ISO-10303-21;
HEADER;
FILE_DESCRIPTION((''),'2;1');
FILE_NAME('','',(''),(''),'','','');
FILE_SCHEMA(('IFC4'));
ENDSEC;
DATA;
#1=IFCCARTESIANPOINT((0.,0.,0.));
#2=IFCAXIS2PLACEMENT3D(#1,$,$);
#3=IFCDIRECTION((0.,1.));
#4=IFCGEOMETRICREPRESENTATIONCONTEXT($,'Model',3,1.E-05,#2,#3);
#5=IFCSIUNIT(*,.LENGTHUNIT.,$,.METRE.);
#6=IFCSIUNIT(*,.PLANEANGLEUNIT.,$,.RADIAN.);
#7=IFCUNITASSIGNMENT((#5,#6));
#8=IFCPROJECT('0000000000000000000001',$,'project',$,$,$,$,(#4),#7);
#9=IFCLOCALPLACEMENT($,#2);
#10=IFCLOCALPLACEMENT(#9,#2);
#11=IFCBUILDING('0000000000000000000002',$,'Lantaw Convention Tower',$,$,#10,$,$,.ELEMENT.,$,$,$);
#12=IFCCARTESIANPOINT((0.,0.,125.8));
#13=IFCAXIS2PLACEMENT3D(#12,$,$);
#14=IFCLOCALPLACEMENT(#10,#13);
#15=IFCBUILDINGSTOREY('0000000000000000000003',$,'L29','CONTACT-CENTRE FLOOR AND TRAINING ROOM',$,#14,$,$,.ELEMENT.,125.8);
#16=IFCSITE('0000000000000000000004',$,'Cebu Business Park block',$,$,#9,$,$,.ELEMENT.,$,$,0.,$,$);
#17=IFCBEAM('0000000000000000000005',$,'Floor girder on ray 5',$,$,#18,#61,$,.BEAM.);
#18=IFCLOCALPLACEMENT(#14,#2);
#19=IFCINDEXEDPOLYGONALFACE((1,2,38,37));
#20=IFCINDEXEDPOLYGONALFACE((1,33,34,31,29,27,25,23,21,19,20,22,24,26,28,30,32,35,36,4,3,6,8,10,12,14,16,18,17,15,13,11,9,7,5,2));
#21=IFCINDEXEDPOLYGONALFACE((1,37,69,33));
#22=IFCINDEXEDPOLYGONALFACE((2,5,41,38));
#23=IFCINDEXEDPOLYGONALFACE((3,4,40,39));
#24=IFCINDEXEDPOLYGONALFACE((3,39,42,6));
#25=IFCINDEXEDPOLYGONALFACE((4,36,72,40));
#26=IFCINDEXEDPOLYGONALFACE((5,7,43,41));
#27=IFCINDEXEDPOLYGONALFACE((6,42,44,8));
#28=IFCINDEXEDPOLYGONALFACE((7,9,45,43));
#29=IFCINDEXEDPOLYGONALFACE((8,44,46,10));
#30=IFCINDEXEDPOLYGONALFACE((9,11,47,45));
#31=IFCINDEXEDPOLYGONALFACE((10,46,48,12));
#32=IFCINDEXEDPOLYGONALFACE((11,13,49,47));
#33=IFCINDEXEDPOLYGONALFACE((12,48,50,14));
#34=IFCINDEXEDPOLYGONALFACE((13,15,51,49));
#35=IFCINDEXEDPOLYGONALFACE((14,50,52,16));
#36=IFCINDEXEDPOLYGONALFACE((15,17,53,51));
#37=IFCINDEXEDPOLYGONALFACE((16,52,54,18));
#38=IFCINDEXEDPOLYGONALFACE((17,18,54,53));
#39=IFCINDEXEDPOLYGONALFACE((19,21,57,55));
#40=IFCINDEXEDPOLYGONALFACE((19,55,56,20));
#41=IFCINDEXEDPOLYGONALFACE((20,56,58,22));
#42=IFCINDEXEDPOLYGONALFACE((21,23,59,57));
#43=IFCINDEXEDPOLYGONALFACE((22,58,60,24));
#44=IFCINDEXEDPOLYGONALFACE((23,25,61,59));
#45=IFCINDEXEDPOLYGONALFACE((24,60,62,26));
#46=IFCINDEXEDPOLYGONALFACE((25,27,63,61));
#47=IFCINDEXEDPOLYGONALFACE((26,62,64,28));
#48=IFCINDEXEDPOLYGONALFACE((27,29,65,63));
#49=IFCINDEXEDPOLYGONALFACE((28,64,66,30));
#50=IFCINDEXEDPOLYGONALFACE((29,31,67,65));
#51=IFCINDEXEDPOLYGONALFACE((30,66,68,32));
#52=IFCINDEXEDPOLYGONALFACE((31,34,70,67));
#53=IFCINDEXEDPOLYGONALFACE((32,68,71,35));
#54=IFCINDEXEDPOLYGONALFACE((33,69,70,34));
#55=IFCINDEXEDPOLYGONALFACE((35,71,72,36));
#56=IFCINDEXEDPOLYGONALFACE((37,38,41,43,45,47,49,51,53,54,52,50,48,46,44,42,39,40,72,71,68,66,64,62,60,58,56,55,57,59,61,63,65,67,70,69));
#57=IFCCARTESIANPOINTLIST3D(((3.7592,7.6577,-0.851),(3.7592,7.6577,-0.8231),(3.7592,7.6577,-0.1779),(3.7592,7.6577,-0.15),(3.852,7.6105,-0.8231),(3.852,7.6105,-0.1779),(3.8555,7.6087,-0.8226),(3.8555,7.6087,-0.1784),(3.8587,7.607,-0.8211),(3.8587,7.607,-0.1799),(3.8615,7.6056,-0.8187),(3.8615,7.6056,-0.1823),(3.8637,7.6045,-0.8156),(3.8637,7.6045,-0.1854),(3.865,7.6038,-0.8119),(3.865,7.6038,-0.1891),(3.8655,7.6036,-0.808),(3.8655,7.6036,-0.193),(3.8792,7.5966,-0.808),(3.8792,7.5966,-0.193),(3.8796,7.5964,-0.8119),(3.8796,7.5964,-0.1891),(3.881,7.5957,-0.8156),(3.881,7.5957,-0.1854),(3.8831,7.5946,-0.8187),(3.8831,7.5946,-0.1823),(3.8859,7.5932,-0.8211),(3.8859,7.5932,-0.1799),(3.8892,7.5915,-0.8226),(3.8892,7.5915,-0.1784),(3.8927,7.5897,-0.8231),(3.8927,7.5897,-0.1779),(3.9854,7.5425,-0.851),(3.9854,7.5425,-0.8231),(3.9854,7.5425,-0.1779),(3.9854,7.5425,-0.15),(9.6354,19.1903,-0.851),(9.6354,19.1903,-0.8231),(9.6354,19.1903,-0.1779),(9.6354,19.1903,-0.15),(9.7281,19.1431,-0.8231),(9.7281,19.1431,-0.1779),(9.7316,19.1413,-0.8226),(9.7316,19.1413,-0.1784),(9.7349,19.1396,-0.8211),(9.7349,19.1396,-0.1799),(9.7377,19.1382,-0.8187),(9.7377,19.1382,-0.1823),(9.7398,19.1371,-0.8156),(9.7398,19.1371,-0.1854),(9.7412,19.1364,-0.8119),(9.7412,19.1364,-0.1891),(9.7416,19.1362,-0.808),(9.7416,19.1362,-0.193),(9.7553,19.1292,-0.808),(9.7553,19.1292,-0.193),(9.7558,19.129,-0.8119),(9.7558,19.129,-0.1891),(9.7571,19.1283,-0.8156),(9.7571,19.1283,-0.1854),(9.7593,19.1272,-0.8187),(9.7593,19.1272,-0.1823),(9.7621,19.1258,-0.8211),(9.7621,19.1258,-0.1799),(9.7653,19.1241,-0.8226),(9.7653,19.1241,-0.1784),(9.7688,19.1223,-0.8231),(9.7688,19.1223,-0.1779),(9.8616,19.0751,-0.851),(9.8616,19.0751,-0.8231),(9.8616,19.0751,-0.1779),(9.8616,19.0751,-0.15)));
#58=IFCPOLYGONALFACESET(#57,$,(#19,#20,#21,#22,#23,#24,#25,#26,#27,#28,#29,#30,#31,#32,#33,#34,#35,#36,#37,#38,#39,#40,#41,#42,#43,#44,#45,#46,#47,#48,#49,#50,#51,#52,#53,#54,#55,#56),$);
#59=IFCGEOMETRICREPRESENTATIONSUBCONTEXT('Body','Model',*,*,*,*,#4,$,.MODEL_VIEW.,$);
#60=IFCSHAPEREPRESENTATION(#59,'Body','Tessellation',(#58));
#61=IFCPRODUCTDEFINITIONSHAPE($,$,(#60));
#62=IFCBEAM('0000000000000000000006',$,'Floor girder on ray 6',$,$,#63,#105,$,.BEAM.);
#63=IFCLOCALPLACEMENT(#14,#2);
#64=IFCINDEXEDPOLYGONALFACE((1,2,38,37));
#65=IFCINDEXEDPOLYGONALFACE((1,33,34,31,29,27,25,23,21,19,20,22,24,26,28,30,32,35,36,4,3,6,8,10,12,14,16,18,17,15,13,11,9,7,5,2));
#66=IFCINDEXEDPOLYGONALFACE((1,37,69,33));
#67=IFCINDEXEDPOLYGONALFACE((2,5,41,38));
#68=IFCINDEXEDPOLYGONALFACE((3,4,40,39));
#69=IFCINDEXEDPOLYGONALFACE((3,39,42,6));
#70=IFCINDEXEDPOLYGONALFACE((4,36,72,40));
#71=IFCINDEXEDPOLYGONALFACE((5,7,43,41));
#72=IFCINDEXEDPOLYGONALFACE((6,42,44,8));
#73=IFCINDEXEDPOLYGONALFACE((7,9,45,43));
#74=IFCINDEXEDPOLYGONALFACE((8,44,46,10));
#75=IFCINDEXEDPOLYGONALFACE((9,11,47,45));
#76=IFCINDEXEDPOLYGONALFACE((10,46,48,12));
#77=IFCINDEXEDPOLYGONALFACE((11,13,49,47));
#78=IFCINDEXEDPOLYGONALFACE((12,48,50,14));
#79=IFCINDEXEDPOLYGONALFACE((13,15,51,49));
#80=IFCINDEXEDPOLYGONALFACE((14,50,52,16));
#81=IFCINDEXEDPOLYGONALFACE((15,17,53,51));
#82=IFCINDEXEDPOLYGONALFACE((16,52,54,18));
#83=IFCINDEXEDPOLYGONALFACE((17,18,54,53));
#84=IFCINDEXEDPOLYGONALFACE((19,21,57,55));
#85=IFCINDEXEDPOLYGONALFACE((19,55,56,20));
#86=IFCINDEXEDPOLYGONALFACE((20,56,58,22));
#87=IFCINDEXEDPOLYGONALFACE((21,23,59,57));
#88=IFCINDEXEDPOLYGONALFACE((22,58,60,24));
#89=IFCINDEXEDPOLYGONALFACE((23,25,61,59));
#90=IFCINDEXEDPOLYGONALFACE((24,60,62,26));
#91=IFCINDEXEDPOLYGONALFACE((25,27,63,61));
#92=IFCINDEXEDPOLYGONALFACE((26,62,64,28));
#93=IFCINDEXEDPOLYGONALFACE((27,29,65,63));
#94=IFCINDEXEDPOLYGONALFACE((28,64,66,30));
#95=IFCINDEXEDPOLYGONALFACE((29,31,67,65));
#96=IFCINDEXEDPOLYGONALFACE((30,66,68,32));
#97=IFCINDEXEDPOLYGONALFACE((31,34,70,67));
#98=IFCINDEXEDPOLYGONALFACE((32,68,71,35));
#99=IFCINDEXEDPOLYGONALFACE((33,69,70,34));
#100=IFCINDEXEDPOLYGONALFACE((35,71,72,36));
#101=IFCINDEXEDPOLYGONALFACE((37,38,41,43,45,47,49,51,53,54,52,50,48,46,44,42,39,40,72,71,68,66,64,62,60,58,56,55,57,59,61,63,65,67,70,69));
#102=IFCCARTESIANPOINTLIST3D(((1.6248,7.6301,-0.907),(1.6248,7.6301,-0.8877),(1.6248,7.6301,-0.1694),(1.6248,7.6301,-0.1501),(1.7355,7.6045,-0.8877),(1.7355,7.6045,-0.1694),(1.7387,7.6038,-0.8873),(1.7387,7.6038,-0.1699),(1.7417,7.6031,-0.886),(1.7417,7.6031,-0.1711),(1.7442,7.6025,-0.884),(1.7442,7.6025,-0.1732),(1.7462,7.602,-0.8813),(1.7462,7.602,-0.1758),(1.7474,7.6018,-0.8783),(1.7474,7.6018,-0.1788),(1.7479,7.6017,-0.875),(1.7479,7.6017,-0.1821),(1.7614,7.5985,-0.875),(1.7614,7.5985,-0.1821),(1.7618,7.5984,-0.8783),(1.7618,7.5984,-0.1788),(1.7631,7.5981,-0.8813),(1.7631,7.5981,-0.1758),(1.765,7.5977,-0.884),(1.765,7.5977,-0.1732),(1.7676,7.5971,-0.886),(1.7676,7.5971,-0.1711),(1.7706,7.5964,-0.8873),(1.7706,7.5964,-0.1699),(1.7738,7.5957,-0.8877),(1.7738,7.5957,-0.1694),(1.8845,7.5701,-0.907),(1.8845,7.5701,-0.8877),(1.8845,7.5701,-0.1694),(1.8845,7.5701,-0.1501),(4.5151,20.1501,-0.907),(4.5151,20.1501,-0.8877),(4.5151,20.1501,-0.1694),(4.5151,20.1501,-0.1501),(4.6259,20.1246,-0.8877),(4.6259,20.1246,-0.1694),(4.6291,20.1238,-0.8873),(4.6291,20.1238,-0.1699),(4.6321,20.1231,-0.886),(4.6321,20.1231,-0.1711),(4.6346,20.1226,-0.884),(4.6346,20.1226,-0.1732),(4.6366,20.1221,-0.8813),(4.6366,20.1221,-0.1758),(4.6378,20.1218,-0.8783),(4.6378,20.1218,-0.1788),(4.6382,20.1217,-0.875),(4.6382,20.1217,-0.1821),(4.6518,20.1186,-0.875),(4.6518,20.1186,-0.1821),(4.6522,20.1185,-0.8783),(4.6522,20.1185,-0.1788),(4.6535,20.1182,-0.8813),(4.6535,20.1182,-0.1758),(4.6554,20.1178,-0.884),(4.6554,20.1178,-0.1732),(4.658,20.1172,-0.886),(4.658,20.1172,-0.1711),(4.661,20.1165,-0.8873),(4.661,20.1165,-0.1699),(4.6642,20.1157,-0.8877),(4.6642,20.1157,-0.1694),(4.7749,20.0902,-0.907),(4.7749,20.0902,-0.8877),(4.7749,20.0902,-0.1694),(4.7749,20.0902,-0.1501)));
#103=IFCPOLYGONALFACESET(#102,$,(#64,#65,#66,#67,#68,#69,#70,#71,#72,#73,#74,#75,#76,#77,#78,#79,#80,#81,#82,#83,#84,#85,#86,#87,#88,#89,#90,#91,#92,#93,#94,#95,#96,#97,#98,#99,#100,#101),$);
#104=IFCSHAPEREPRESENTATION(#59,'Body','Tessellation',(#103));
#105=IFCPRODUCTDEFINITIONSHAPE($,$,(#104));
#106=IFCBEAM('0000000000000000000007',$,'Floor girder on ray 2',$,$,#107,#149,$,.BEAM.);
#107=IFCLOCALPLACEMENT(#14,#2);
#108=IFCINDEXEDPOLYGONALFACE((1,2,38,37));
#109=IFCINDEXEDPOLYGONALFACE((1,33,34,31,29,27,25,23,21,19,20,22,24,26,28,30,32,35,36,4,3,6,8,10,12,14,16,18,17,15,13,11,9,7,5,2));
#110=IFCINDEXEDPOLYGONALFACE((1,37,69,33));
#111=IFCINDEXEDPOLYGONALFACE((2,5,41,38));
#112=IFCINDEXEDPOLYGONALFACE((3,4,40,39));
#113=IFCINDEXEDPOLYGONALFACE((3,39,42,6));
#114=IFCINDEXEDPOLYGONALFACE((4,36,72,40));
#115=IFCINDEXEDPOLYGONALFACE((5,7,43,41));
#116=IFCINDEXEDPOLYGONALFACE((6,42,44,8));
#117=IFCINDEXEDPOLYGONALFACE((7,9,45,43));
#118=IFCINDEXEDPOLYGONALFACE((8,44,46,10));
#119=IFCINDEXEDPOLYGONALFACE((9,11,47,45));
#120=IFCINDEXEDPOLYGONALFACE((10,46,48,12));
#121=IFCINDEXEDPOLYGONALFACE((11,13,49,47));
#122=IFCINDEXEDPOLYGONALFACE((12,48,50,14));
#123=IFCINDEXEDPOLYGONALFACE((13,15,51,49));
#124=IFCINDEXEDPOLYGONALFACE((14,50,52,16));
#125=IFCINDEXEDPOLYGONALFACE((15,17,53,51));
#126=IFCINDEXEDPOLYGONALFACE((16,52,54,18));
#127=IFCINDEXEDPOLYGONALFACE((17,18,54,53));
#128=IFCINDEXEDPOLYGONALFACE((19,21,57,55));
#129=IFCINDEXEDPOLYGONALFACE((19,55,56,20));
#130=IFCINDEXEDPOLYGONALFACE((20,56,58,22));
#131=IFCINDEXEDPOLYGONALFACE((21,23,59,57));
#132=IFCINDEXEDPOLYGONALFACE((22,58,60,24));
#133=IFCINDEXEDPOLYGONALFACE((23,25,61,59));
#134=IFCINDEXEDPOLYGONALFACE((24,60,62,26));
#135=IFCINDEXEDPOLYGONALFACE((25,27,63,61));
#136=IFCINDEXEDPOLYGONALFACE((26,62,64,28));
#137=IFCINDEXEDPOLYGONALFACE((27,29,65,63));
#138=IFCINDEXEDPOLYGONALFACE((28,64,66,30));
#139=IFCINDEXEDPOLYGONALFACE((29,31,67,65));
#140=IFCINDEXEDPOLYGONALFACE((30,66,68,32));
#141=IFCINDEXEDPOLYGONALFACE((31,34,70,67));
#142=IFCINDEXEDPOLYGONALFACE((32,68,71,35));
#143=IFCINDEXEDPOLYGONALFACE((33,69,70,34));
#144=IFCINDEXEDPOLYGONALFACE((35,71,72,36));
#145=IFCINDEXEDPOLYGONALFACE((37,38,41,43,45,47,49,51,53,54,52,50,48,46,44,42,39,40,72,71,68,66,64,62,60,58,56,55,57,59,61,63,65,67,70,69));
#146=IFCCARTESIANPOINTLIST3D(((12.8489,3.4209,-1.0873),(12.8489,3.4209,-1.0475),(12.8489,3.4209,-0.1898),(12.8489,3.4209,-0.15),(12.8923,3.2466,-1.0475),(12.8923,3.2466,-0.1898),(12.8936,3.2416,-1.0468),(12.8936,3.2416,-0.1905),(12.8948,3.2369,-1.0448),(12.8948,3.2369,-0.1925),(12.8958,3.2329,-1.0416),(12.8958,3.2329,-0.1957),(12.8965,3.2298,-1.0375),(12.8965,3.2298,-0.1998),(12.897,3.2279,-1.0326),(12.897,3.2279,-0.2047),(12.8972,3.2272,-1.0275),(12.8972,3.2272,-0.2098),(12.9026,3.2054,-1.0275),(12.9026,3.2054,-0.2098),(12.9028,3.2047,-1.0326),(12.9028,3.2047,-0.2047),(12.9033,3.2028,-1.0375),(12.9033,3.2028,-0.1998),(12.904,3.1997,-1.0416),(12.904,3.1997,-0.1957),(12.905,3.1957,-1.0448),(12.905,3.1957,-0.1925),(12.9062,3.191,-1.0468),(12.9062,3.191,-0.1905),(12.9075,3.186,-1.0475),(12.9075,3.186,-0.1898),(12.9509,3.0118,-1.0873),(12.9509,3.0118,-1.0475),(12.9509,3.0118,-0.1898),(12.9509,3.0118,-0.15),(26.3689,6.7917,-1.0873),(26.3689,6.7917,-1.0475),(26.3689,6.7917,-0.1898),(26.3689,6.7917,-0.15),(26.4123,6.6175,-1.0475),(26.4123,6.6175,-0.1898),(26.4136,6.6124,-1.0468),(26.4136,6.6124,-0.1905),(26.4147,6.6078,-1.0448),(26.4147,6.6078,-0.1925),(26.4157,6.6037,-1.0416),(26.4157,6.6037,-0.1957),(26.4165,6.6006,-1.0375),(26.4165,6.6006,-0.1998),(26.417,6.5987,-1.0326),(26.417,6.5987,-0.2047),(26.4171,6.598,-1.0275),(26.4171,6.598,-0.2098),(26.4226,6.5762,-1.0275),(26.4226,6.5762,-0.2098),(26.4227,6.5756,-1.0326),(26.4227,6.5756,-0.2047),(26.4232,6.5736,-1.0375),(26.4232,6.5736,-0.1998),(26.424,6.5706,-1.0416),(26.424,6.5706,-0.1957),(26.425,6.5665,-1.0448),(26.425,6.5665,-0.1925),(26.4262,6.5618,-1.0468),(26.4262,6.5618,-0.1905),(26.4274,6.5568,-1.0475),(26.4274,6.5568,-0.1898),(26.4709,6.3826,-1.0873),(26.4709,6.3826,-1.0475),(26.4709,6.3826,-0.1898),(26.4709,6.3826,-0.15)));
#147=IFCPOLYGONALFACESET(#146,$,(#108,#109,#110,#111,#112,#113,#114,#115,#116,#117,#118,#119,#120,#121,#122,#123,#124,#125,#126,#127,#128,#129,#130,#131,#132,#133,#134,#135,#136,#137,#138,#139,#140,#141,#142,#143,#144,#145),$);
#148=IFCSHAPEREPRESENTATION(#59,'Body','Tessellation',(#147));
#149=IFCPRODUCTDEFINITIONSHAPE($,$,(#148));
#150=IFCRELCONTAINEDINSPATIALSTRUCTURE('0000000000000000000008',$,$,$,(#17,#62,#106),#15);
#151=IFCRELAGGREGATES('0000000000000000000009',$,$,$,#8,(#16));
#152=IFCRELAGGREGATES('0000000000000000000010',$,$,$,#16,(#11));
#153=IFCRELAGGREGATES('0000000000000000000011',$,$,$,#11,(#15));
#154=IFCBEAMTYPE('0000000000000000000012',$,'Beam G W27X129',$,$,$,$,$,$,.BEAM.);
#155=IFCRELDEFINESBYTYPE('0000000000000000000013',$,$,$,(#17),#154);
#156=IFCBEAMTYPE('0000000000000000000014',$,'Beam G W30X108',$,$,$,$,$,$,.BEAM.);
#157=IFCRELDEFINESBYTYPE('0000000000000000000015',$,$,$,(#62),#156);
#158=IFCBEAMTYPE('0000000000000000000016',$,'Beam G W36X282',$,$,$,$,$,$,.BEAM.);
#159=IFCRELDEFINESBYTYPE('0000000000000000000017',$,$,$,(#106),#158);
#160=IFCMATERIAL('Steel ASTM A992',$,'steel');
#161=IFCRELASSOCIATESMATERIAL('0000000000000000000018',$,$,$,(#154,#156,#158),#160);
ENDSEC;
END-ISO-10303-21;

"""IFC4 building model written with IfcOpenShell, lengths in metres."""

from ifc_helpers import new_model, si_unit, direction, frame, origin, origin_2d, place, context, subcontext, project, spatial, i_section, extrude, material, material_profile, profile_set, type_object, element, save


model = new_model("IFC4")

# Units and contexts
model_context = context("Model", 3, precision=1e-05, world=origin(), true_north=direction((0.0, 1.0)))
body_context = subcontext(model_context, "Body", "Model", "MODEL_VIEW")
ifc_project = project(units=[si_unit("LENGTHUNIT", "METRE"), si_unit("PLANEANGLEUNIT", "RADIAN")], contexts=[model_context])

# Site, building, storey
site_placement = place(None, origin())
site = spatial("IfcSite", under=ifc_project, at=site_placement, Name="Cebu Business Park block", CompositionType="ELEMENT", RefElevation=0.0)
building_placement = place(site_placement, origin())
building = spatial("IfcBuilding", under=site, at=building_placement, Name="Lantaw Convention Tower", CompositionType="ELEMENT")
storey_placement = place(building_placement, frame((0.0, 0.0, 125.8)))
storey = spatial("IfcBuildingStorey", under=building, at=storey_placement, Name="L29", Description="CONTACT-CENTRE FLOOR AND TRAINING ROOM", CompositionType="ELEMENT", Elevation=125.8)

# Beams
ifc_material_1 = material(Name="Steel ASTM A992", Category="steel")
ifc_material_profile_1 = material_profile(ifc_material_1, i_section(OverallWidth=0.2539, OverallDepth=0.7009, WebThickness=0.0154, FlangeThickness=0.0278, FilletRadius=0.0151, at=origin_2d()), Name="W27X129")
ifc_profile_set_1 = profile_set([ifc_material_profile_1], Name="Steel ASTM A992")
beam_type_1 = type_object("IfcBeamType", Name="Beam G W27X129", PredefinedType="BEAM", material=ifc_profile_set_1)
beam_1_placement = place(storey_placement, frame((3.8723, 7.6001, -0.5005), z_axis=(0.453991, 0.891006, 0.0), x_axis=(-0.891006, 0.453991, 0.0)))
element("IfcBeam", 1, at=beam_1_placement, inside=storey, type_object=beam_type_1, Name="Floor girder on ray 5", PredefinedType="BEAM", context=body_context, shape_type="SweptSolid", body=[
    extrude(i_section(OverallWidth=0.2539, OverallDepth=0.7009, WebThickness=0.0154, FlangeThickness=0.0278, FilletRadius=0.0151, at=origin_2d()), origin(), (0.0, 0.0, 1.0), 12.9434),
])
ifc_material_profile_2 = material_profile(ifc_material_1, i_section(OverallWidth=0.2666, OverallDepth=0.7568, WebThickness=0.0139, FlangeThickness=0.0193, FilletRadius=0.0127, at=origin_2d()), Name="W30X108")
ifc_profile_set_2 = profile_set([ifc_material_profile_2], Name="Steel ASTM A992")
beam_type_2 = type_object("IfcBeamType", Name="Beam G W30X108", PredefinedType="BEAM", material=ifc_profile_set_2)
beam_2_placement = place(storey_placement, frame((1.7546, 7.6001, -0.5286), z_axis=(0.224944, 0.974372, 0.0), x_axis=(-0.974372, 0.224944, 0.0)))
element("IfcBeam", 2, at=beam_2_placement, inside=storey, type_object=beam_type_2, Name="Floor girder on ray 6", PredefinedType="BEAM", context=body_context, shape_type="SweptSolid", body=[
    extrude(i_section(OverallWidth=0.2666, OverallDepth=0.7568, WebThickness=0.0139, FlangeThickness=0.0193, FilletRadius=0.0127, at=origin_2d()), origin(), (0.0, 0.0, 1.0), 12.8494),
])
ifc_material_profile_3 = material_profile(ifc_material_1, i_section(OverallWidth=0.4216, OverallDepth=0.9373, WebThickness=0.0225, FlangeThickness=0.0398, FilletRadius=0.02, at=origin_2d()), Name="W36X282")
ifc_profile_set_3 = profile_set([ifc_material_profile_3], Name="Steel ASTM A992")
beam_type_3 = type_object("IfcBeamType", Name="Beam G W36X282", PredefinedType="BEAM", material=ifc_profile_set_3)
beam_3_placement = place(storey_placement, frame((12.8999, 3.2163, -0.6187), z_axis=(0.970297, 0.241917, 0.0), x_axis=(-0.241917, 0.970297, 0.0)))
element("IfcBeam", 3, at=beam_3_placement, inside=storey, type_object=beam_type_3, Name="Floor girder on ray 2", PredefinedType="BEAM", context=body_context, shape_type="SweptSolid", body=[
    extrude(i_section(OverallWidth=0.4216, OverallDepth=0.9373, WebThickness=0.0225, FlangeThickness=0.0398, FilletRadius=0.02, at=origin_2d()), origin(), (0.0, 0.0, 1.0), 13.9338),
])

save(model, "model.ifc")
